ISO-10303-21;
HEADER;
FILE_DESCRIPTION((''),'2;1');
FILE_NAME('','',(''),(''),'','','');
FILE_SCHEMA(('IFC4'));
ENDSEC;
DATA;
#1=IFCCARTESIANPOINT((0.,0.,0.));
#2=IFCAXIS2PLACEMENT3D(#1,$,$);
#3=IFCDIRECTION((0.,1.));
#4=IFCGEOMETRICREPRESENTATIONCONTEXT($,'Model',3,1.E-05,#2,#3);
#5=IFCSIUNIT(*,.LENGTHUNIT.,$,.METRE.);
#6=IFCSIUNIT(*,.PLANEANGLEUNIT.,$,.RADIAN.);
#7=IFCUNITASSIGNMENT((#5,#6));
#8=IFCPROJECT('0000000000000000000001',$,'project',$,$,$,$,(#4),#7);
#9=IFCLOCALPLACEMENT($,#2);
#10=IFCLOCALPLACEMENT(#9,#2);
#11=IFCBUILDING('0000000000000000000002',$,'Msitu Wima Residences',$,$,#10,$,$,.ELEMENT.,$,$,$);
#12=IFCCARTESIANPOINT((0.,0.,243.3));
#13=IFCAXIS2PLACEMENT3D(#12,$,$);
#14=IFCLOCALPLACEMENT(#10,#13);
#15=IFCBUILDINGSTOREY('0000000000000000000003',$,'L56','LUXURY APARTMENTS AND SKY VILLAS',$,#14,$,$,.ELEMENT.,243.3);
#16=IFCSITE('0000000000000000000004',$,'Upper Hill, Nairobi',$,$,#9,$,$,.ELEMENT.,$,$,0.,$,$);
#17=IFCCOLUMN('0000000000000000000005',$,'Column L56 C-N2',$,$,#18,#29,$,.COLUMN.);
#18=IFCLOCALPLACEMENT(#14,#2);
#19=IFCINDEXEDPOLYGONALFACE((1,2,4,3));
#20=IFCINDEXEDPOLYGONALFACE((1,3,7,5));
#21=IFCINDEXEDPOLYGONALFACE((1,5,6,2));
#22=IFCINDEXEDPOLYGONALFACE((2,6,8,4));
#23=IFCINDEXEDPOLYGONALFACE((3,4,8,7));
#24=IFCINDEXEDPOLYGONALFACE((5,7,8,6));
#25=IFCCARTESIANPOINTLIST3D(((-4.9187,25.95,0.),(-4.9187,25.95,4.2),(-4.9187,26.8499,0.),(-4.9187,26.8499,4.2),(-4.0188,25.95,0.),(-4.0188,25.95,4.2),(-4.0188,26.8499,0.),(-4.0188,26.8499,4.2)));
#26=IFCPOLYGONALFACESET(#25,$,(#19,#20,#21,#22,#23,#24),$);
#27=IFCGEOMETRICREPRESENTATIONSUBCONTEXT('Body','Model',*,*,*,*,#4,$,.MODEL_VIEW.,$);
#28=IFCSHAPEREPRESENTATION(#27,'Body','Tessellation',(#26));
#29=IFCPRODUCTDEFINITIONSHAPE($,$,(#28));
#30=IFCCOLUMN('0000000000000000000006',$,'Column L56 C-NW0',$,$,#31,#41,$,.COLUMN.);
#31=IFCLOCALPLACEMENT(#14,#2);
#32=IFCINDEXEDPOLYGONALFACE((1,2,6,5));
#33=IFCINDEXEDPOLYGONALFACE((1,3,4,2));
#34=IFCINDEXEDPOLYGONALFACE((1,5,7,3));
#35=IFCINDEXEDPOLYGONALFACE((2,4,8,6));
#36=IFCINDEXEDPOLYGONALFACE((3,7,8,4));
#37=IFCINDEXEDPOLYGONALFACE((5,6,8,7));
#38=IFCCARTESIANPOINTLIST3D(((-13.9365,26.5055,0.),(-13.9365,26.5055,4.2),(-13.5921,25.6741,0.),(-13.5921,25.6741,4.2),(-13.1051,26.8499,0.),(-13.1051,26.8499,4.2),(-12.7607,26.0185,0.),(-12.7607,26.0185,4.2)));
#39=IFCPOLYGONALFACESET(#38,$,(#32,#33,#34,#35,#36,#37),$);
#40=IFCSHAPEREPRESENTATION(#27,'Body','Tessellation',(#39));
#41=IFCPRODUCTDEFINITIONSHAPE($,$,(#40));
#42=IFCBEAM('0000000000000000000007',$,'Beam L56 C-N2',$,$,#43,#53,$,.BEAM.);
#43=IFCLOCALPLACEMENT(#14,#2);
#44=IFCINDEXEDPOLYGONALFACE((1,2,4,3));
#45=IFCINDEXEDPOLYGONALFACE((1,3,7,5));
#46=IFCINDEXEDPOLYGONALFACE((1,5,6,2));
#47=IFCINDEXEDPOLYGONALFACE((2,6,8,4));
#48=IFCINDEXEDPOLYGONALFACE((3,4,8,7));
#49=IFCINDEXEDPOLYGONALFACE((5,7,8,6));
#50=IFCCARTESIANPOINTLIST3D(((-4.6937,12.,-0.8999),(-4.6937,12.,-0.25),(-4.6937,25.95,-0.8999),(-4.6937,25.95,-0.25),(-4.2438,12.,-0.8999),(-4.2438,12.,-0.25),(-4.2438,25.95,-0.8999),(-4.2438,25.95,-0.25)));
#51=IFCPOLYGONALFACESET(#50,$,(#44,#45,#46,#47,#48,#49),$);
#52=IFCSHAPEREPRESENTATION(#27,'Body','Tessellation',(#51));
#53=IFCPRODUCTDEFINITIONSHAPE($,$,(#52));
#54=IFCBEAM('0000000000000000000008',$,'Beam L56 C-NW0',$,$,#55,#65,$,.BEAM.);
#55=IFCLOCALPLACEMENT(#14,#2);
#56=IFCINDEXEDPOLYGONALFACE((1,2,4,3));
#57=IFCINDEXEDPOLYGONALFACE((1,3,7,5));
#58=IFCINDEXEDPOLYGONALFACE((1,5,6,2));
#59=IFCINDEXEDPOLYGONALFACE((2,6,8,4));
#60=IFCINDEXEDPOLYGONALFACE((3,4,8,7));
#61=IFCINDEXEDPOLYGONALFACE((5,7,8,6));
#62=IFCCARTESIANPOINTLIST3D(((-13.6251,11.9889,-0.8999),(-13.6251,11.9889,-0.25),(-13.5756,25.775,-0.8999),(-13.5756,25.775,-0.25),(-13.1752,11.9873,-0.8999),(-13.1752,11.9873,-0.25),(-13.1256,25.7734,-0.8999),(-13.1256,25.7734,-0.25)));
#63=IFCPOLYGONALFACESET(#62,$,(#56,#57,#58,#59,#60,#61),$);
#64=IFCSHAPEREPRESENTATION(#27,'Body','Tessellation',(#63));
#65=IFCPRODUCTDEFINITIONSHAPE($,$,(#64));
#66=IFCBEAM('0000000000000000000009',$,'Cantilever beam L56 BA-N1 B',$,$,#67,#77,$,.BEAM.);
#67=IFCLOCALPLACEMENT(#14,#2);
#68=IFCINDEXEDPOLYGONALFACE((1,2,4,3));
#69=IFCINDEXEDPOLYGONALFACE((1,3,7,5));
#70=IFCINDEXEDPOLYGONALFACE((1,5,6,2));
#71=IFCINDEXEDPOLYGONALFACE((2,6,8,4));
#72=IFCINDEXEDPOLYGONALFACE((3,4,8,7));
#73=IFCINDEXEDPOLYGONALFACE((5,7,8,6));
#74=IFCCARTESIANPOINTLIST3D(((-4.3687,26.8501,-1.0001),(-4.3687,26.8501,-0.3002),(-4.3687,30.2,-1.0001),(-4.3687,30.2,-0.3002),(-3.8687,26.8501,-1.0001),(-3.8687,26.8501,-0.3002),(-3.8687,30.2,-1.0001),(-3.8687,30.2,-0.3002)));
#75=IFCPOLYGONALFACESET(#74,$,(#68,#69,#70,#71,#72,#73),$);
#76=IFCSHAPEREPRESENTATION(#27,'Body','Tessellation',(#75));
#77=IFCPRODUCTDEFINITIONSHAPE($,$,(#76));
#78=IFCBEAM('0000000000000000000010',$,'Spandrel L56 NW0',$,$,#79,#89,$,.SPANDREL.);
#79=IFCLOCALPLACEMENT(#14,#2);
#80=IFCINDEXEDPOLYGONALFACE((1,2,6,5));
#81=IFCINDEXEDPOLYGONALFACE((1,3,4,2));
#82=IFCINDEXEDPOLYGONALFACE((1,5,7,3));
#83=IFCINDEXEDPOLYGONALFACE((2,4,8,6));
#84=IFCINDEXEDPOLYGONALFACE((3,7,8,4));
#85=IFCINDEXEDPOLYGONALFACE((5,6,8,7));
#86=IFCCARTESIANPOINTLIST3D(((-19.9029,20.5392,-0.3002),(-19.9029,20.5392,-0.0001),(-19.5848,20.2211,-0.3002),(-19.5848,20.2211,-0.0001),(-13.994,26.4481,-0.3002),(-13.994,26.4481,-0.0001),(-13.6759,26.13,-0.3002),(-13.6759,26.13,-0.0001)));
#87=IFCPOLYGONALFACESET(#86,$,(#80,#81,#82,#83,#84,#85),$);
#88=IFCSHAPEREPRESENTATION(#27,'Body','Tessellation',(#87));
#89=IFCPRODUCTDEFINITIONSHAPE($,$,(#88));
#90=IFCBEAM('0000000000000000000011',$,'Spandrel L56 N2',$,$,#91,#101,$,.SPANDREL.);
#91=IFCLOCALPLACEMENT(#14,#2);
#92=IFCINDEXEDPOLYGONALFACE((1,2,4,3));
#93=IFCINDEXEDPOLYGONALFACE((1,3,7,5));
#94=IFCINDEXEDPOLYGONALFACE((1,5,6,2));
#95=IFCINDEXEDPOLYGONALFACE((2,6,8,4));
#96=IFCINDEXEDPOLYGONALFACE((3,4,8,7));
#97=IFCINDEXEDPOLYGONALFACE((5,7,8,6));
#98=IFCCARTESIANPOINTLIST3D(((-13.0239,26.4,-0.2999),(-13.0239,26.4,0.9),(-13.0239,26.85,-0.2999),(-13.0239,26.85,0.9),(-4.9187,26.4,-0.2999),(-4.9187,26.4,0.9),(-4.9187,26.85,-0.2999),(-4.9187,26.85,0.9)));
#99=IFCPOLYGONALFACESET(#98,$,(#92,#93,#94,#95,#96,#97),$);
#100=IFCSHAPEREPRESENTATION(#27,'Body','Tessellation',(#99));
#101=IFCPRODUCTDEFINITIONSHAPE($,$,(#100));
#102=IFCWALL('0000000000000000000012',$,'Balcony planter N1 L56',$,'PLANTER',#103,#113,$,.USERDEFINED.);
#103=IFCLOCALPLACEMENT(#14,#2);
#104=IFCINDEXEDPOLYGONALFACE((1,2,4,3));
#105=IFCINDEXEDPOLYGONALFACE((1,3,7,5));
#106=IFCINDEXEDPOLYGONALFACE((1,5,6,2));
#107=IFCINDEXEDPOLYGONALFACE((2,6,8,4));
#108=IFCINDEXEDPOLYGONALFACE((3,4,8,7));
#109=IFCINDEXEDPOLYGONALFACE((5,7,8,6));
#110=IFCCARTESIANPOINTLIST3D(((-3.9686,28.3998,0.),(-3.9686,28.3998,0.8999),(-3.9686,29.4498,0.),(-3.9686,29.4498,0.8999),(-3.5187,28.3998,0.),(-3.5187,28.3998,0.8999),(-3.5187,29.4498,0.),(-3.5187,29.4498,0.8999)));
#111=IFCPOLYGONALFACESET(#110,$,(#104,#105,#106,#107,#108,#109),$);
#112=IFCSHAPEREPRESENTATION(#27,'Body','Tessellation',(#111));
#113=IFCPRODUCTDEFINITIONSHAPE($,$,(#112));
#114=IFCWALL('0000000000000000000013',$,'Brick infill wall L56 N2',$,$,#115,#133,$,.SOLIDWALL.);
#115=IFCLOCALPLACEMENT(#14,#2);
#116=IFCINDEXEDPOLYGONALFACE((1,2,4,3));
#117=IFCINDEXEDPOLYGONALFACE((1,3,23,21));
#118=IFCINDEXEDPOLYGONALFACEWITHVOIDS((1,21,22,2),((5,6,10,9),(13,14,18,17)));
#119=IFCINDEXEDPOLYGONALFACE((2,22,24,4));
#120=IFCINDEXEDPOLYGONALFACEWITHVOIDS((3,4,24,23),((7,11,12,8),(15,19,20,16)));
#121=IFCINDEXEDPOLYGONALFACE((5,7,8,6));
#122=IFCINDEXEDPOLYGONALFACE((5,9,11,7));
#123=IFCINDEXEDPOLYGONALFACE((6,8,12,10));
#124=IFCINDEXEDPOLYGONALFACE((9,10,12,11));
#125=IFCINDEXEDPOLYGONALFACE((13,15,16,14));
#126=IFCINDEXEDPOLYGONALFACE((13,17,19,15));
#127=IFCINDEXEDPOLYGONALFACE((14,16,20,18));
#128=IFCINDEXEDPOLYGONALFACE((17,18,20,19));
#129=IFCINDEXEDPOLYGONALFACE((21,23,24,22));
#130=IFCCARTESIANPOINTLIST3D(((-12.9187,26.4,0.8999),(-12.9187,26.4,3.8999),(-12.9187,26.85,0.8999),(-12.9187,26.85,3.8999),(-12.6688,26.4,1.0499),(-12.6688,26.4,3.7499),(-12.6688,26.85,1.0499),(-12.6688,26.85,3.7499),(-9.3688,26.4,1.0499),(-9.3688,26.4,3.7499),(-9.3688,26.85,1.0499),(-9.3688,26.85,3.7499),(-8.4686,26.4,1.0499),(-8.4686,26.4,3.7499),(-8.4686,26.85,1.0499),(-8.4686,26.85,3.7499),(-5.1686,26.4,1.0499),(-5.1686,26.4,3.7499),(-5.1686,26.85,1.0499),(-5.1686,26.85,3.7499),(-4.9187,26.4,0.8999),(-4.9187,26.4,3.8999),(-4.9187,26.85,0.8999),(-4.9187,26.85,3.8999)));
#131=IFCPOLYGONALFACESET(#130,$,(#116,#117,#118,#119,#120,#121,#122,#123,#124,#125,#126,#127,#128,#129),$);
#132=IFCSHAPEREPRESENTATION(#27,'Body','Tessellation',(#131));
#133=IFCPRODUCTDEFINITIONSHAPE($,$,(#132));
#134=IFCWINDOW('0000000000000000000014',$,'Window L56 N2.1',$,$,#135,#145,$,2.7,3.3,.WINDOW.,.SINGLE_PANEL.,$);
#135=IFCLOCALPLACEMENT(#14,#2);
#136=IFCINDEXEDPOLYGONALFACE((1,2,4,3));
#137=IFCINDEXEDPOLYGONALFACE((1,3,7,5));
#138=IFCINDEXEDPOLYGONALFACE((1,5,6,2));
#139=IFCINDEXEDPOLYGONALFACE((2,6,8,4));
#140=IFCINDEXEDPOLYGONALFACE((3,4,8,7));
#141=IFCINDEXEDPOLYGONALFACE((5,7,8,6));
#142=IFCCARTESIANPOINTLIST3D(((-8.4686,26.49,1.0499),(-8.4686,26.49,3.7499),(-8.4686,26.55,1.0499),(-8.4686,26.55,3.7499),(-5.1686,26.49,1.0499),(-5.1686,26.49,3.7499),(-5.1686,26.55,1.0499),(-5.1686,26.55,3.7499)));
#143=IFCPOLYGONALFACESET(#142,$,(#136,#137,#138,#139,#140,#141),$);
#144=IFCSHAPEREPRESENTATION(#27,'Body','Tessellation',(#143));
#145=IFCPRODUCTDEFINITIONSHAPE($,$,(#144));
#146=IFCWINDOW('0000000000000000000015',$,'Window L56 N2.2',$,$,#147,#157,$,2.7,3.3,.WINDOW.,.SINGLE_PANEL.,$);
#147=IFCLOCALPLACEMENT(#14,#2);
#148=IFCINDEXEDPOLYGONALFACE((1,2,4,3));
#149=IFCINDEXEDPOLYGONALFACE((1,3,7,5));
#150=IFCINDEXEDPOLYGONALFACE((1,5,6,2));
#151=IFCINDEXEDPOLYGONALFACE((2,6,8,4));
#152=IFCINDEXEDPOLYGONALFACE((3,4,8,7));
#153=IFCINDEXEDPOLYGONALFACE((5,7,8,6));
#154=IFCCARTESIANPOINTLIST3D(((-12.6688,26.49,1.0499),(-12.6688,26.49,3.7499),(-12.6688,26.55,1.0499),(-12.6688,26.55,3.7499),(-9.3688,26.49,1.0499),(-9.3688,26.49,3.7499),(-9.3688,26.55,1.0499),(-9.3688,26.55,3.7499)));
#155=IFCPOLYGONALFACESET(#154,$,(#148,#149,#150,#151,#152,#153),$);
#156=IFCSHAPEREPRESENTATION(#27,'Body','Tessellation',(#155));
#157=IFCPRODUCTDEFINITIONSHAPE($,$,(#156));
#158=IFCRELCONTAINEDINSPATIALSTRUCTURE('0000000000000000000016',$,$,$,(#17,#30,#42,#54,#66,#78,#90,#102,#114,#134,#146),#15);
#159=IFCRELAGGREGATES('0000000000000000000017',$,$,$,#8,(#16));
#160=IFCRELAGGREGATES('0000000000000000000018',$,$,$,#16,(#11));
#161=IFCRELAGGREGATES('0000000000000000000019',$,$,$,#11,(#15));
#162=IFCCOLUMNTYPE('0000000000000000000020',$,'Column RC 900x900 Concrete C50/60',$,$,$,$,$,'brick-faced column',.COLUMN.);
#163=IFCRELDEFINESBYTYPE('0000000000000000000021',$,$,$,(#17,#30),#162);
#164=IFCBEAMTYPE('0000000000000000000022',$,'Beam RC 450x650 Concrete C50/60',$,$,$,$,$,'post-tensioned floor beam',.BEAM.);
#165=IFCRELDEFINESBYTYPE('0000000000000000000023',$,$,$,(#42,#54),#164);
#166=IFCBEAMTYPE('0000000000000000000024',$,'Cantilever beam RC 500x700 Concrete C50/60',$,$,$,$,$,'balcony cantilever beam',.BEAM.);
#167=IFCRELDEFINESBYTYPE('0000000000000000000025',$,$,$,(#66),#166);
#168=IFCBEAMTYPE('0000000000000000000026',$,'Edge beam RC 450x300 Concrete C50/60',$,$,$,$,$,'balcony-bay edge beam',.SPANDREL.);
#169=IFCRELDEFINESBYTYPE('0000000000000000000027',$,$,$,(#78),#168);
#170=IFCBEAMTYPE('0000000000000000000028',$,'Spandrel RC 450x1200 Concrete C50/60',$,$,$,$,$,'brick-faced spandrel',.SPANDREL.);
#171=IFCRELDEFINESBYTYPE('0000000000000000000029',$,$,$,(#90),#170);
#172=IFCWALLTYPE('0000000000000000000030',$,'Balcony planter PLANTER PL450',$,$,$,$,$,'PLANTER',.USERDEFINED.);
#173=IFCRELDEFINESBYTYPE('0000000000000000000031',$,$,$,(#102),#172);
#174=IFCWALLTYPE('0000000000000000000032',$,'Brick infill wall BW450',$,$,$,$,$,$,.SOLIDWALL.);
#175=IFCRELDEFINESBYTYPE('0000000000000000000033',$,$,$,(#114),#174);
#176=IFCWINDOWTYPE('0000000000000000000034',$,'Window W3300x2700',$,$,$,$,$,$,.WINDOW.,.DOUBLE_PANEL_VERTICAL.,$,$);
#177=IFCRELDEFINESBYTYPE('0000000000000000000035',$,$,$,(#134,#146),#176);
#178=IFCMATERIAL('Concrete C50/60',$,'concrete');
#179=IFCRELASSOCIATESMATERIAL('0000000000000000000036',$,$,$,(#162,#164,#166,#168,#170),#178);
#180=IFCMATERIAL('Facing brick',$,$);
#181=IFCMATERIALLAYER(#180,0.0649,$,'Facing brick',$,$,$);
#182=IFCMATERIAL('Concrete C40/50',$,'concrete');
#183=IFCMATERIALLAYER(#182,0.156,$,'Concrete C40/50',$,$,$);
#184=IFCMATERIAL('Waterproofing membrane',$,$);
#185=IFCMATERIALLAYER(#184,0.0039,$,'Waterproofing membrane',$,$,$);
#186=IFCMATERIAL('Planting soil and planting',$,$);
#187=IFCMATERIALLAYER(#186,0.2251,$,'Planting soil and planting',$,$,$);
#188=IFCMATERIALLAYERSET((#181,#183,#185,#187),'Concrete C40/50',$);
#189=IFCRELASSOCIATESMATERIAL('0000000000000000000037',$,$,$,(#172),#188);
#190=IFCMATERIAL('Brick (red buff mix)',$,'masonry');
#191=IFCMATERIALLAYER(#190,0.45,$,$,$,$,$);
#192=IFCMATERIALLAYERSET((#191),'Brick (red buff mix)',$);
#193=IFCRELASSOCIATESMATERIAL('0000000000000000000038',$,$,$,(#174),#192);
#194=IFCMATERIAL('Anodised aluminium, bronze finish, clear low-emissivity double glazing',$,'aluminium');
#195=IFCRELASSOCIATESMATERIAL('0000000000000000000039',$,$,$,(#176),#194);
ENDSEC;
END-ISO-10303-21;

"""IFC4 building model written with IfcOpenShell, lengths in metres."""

from ifc_helpers import new_model, si_unit, direction, frame, frame_2d, origin, origin_2d, place, context, subcontext, project, spatial, rectangle, extrude, material, layer, layer_set, material_profile, profile_set, type_object, element, fill, save


model = new_model("IFC4")

# Units and contexts
model_context = context("Model", 3, precision=1e-05, world=origin(), true_north=direction((0.0, 1.0)))
body_context = subcontext(model_context, "Body", "Model", "MODEL_VIEW")
ifc_project = project(units=[si_unit("LENGTHUNIT", "METRE"), si_unit("PLANEANGLEUNIT", "RADIAN")], contexts=[model_context])

# Site, building, storey
site_placement = place(None, origin())
site = spatial("IfcSite", under=ifc_project, at=site_placement, Name="Upper Hill, Nairobi", CompositionType="ELEMENT", RefElevation=0.0)
building_placement = place(site_placement, origin())
building = spatial("IfcBuilding", under=site, at=building_placement, Name="Msitu Wima Residences", CompositionType="ELEMENT")
storey_placement = place(building_placement, frame((0.0, 0.0, 243.3)))
storey = spatial("IfcBuildingStorey", under=building, at=storey_placement, Name="L56", Description="LUXURY APARTMENTS AND SKY VILLAS", CompositionType="ELEMENT", Elevation=243.3)

# Columns
ifc_material_1 = material(Name="Concrete C50/60", Category="concrete")
ifc_material_profile_1 = material_profile(ifc_material_1, rectangle(XDim=0.8999, YDim=0.8999, at=origin_2d()), Name="RC 900x900")
ifc_profile_set_1 = profile_set([ifc_material_profile_1], Name="Concrete C50/60")
column_type = type_object("IfcColumnType", Name="Column RC 900x900 Concrete C50/60", ElementType="brick-faced column", PredefinedType="COLUMN", material=ifc_profile_set_1)
for number, where, z_axis, x_axis, name in (
    (1, (-4.4688, 26.3999, 0.0), (0.0, 0.0, 1.0), (-1.0, 0.0, 0.0), "Column L56 C-N2"),
    (2, (-13.3486, 26.262, 0.0), (0.0, 0.0, 1.0), (-0.92388, -0.382683, 0.0), "Column L56 C-NW0"),
):
    element("IfcColumn", number, at=place(storey_placement, frame(where, z_axis=z_axis, x_axis=x_axis)), inside=storey, type_object=column_type, Name=name, PredefinedType="COLUMN", context=body_context, shape_type="SweptSolid", body=[
        extrude(rectangle(XDim=0.8999, YDim=0.8999, at=origin_2d()), origin(), (0.0, 0.0, 1.0), 4.2),
    ])

# Beams
ifc_material_profile_2 = material_profile(ifc_material_1, rectangle(XDim=0.45, YDim=0.6499, at=origin_2d()), Name="RC 450x650")
ifc_profile_set_2 = profile_set([ifc_material_profile_2], Name="Concrete C50/60")
beam_type_1 = type_object("IfcBeamType", Name="Beam RC 450x650 Concrete C50/60", ElementType="post-tensioned floor beam", PredefinedType="BEAM", material=ifc_profile_set_2)
beam_1_placement = place(storey_placement, frame((-4.4688, 25.95, -0.575), z_axis=(0.0, -1.0, 0.0), x_axis=(1.0, 0.0, 0.0)))
element("IfcBeam", 3, at=beam_1_placement, inside=storey, type_object=beam_type_1, Name="Beam L56 C-N2", PredefinedType="BEAM", context=body_context, shape_type="SweptSolid", body=[
    extrude(rectangle(XDim=0.45, YDim=0.6499, at=origin_2d()), origin(), (0.0, 0.0, 1.0), 13.95),
])
beam_2_placement = place(storey_placement, frame((-13.3506, 25.7742, -0.575), z_axis=(-0.003595, -0.999994, 0.0), x_axis=(0.999994, -0.003595, 0.0)))
element("IfcBeam", 4, at=beam_2_placement, inside=storey, type_object=beam_type_1, Name="Beam L56 C-NW0", PredefinedType="BEAM", context=body_context, shape_type="SweptSolid", body=[
    extrude(rectangle(XDim=0.45, YDim=0.6499, at=origin_2d()), origin(), (0.0, 0.0, 1.0), 13.7861),
])
ifc_material_profile_3 = material_profile(ifc_material_1, rectangle(XDim=0.5, YDim=0.7, at=origin_2d()), Name="RC 500x700")
ifc_profile_set_3 = profile_set([ifc_material_profile_3], Name="Concrete C50/60")
beam_type_2 = type_object("IfcBeamType", Name="Cantilever beam RC 500x700 Concrete C50/60", ElementType="balcony cantilever beam", PredefinedType="BEAM", material=ifc_profile_set_3)
beam_3_placement = place(storey_placement, frame((-4.1187, 26.8501, -0.6501), z_axis=(0.0, 1.0, 0.0), x_axis=(-1.0, 0.0, 0.0)))
element("IfcBeam", 5, at=beam_3_placement, inside=storey, type_object=beam_type_2, Name="Cantilever beam L56 BA-N1 B", PredefinedType="BEAM", context=body_context, shape_type="SweptSolid", body=[
    extrude(rectangle(XDim=0.5, YDim=0.7, at=origin_2d()), origin(), (0.0, 0.0, 1.0), 3.3499),
])
ifc_material_profile_4 = material_profile(ifc_material_1, rectangle(XDim=0.45, YDim=0.3, at=origin_2d()), Name="RC 450x300")
ifc_profile_set_4 = profile_set([ifc_material_profile_4], Name="Concrete C50/60")
beam_type_3 = type_object("IfcBeamType", Name="Edge beam RC 450x300 Concrete C50/60", ElementType="balcony-bay edge beam", PredefinedType="SPANDREL", material=ifc_profile_set_4)
beam_4_placement = place(storey_placement, frame((-13.835, 26.2891, -0.1501), z_axis=(-0.707107, -0.707107, 0.0), x_axis=(0.707107, -0.707107, 0.0)))
element("IfcBeam", 6, at=beam_4_placement, inside=storey, type_object=beam_type_3, Name="Spandrel L56 NW0", PredefinedType="SPANDREL", context=body_context, shape_type="SweptSolid", body=[
    extrude(rectangle(XDim=0.45, YDim=0.3, at=origin_2d()), origin(), (0.0, 0.0, 1.0), 8.3564),
])
ifc_material_profile_5 = material_profile(ifc_material_1, rectangle(XDim=0.45, YDim=1.2, at=origin_2d()), Name="RC 450x1200")
ifc_profile_set_5 = profile_set([ifc_material_profile_5], Name="Concrete C50/60")
beam_type_4 = type_object("IfcBeamType", Name="Spandrel RC 450x1200 Concrete C50/60", ElementType="brick-faced spandrel", PredefinedType="SPANDREL", material=ifc_profile_set_5)
beam_5_placement = place(storey_placement, frame((-4.9187, 26.625, 0.3), z_axis=(-1.0, 0.0, 0.0), x_axis=(0.0, -1.0, 0.0)))
element("IfcBeam", 7, at=beam_5_placement, inside=storey, type_object=beam_type_4, Name="Spandrel L56 N2", PredefinedType="SPANDREL", context=body_context, shape_type="SweptSolid", body=[
    extrude(rectangle(XDim=0.45, YDim=1.2, at=origin_2d()), origin(), (0.0, 0.0, 1.0), 8.1052),
])

# Wall
ifc_material_2 = material(Name="Facing brick")
ifc_layer_1 = layer(ifc_material_2, 0.0649, Name="Facing brick")
ifc_material_3 = material(Name="Concrete C40/50", Category="concrete")
ifc_layer_2 = layer(ifc_material_3, 0.156, Name="Concrete C40/50")
ifc_material_4 = material(Name="Waterproofing membrane")
ifc_layer_3 = layer(ifc_material_4, 0.0039, Name="Waterproofing membrane")
ifc_material_5 = material(Name="Planting soil and planting")
ifc_layer_4 = layer(ifc_material_5, 0.2251, Name="Planting soil and planting")
ifc_layer_set_1 = layer_set([ifc_layer_1, ifc_layer_2, ifc_layer_3, ifc_layer_4], Name="Concrete C40/50")
wall_type_1 = type_object("IfcWallType", Name="Balcony planter PLANTER PL450", ElementType="PLANTER", PredefinedType="USERDEFINED", material=ifc_layer_set_1)
wall_1_placement = place(storey_placement, frame((-3.7437, 28.3999, 0.0), z_axis=(0.0, 0.0, 1.0), x_axis=(0.0, 1.0, 0.0)))
element("IfcWall", 8, at=wall_1_placement, inside=storey, type_object=wall_type_1, Name="Balcony planter N1 L56", ObjectType="PLANTER", PredefinedType="USERDEFINED", context=body_context, shape_type="SweptSolid", body=[
    extrude(rectangle(XDim=1.05, YDim=0.45, at=frame_2d((0.5249, 0.0))), origin(), (0.0, 0.0, 1.0), 0.8999),
])

# Wall, openings, windows
ifc_material_6 = material(Name="Brick (red buff mix)", Category="masonry")
ifc_layer_5 = layer(ifc_material_6, 0.45)
ifc_layer_set_2 = layer_set([ifc_layer_5], Name="Brick (red buff mix)")
wall_type_2 = type_object("IfcWallType", Name="Brick infill wall BW450", PredefinedType="SOLIDWALL", material=ifc_layer_set_2)
wall_2_placement = place(storey_placement, frame((-4.9187, 26.625, 0.8999), z_axis=(0.0, 0.0, 1.0), x_axis=(-1.0, 0.0, 0.0)))
wall_2 = element("IfcWall", 9, at=wall_2_placement, inside=storey, type_object=wall_type_2, Name="Brick infill wall L56 N2", PredefinedType="SOLIDWALL", context=body_context, shape_type="SweptSolid", body=[
    extrude(rectangle(XDim=8.0, YDim=0.45, at=frame_2d((4.0, 0.0))), origin(), (0.0, 0.0, 1.0), 3.0),
])
opening_1_placement = place(wall_2_placement, frame((0.25, 0.0, 0.1499)))
opening_1 = element("IfcOpeningElement", 10, at=opening_1_placement, cuts=wall_2, PredefinedType="OPENING", context=body_context, shape_type="SweptSolid", body=[
    extrude(rectangle(XDim=3.3, YDim=2.7, at=frame_2d((1.6499, 1.3501))), frame((0.0, 0.2349, 0.0), z_axis=(0.0, -1.0, 0.0), x_axis=(1.0, 0.0, 0.0)), (0.0, 0.0, 1.0), 0.47),
])
opening_2_placement = place(wall_2_placement, frame((4.4502, 0.0, 0.1499)))
opening_2 = element("IfcOpeningElement", 11, at=opening_2_placement, cuts=wall_2, PredefinedType="OPENING", context=body_context, shape_type="SweptSolid", body=[
    extrude(rectangle(XDim=3.3, YDim=2.7, at=frame_2d((1.6499, 1.3501))), frame((0.0, 0.2349, 0.0), z_axis=(0.0, -1.0, 0.0), x_axis=(1.0, 0.0, 0.0)), (0.0, 0.0, 1.0), 0.47),
])
ifc_material_7 = material(Name="Anodised aluminium, bronze finish, clear low-emissivity double glazing", Category="aluminium")
window_type = type_object("IfcWindowType", Name="Window W3300x2700", PartitioningType="DOUBLE_PANEL_VERTICAL", PredefinedType="WINDOW", material=ifc_material_7)
window_1_placement = place(opening_1_placement, origin())
window_1 = element("IfcWindow", 12, at=window_1_placement, inside=storey, type_object=window_type, Name="Window L56 N2.1", OverallHeight=2.7, OverallWidth=3.3, PartitioningType="SINGLE_PANEL", PredefinedType="WINDOW", context=body_context, shape_type="SweptSolid", body=[
    extrude(rectangle(XDim=3.3, YDim=2.7, at=frame_2d((1.6499, 1.3501))), frame((0.0, 0.135, 0.0), z_axis=(0.0, -1.0, 0.0), x_axis=(1.0, 0.0, 0.0)), (0.0, 0.0, 1.0), 0.0601),
])
fill(opening_1, window_1)
window_2_placement = place(opening_2_placement, origin())
window_2 = element("IfcWindow", 13, at=window_2_placement, inside=storey, type_object=window_type, Name="Window L56 N2.2", OverallHeight=2.7, OverallWidth=3.3, PartitioningType="SINGLE_PANEL", PredefinedType="WINDOW", context=body_context, shape_type="SweptSolid", body=[
    extrude(rectangle(XDim=3.3, YDim=2.7, at=frame_2d((1.6499, 1.3501))), frame((0.0, 0.135, 0.0), z_axis=(0.0, -1.0, 0.0), x_axis=(1.0, 0.0, 0.0)), (0.0, 0.0, 1.0), 0.0601),
])
fill(opening_2, window_2)

save(model, "model.ifc")
